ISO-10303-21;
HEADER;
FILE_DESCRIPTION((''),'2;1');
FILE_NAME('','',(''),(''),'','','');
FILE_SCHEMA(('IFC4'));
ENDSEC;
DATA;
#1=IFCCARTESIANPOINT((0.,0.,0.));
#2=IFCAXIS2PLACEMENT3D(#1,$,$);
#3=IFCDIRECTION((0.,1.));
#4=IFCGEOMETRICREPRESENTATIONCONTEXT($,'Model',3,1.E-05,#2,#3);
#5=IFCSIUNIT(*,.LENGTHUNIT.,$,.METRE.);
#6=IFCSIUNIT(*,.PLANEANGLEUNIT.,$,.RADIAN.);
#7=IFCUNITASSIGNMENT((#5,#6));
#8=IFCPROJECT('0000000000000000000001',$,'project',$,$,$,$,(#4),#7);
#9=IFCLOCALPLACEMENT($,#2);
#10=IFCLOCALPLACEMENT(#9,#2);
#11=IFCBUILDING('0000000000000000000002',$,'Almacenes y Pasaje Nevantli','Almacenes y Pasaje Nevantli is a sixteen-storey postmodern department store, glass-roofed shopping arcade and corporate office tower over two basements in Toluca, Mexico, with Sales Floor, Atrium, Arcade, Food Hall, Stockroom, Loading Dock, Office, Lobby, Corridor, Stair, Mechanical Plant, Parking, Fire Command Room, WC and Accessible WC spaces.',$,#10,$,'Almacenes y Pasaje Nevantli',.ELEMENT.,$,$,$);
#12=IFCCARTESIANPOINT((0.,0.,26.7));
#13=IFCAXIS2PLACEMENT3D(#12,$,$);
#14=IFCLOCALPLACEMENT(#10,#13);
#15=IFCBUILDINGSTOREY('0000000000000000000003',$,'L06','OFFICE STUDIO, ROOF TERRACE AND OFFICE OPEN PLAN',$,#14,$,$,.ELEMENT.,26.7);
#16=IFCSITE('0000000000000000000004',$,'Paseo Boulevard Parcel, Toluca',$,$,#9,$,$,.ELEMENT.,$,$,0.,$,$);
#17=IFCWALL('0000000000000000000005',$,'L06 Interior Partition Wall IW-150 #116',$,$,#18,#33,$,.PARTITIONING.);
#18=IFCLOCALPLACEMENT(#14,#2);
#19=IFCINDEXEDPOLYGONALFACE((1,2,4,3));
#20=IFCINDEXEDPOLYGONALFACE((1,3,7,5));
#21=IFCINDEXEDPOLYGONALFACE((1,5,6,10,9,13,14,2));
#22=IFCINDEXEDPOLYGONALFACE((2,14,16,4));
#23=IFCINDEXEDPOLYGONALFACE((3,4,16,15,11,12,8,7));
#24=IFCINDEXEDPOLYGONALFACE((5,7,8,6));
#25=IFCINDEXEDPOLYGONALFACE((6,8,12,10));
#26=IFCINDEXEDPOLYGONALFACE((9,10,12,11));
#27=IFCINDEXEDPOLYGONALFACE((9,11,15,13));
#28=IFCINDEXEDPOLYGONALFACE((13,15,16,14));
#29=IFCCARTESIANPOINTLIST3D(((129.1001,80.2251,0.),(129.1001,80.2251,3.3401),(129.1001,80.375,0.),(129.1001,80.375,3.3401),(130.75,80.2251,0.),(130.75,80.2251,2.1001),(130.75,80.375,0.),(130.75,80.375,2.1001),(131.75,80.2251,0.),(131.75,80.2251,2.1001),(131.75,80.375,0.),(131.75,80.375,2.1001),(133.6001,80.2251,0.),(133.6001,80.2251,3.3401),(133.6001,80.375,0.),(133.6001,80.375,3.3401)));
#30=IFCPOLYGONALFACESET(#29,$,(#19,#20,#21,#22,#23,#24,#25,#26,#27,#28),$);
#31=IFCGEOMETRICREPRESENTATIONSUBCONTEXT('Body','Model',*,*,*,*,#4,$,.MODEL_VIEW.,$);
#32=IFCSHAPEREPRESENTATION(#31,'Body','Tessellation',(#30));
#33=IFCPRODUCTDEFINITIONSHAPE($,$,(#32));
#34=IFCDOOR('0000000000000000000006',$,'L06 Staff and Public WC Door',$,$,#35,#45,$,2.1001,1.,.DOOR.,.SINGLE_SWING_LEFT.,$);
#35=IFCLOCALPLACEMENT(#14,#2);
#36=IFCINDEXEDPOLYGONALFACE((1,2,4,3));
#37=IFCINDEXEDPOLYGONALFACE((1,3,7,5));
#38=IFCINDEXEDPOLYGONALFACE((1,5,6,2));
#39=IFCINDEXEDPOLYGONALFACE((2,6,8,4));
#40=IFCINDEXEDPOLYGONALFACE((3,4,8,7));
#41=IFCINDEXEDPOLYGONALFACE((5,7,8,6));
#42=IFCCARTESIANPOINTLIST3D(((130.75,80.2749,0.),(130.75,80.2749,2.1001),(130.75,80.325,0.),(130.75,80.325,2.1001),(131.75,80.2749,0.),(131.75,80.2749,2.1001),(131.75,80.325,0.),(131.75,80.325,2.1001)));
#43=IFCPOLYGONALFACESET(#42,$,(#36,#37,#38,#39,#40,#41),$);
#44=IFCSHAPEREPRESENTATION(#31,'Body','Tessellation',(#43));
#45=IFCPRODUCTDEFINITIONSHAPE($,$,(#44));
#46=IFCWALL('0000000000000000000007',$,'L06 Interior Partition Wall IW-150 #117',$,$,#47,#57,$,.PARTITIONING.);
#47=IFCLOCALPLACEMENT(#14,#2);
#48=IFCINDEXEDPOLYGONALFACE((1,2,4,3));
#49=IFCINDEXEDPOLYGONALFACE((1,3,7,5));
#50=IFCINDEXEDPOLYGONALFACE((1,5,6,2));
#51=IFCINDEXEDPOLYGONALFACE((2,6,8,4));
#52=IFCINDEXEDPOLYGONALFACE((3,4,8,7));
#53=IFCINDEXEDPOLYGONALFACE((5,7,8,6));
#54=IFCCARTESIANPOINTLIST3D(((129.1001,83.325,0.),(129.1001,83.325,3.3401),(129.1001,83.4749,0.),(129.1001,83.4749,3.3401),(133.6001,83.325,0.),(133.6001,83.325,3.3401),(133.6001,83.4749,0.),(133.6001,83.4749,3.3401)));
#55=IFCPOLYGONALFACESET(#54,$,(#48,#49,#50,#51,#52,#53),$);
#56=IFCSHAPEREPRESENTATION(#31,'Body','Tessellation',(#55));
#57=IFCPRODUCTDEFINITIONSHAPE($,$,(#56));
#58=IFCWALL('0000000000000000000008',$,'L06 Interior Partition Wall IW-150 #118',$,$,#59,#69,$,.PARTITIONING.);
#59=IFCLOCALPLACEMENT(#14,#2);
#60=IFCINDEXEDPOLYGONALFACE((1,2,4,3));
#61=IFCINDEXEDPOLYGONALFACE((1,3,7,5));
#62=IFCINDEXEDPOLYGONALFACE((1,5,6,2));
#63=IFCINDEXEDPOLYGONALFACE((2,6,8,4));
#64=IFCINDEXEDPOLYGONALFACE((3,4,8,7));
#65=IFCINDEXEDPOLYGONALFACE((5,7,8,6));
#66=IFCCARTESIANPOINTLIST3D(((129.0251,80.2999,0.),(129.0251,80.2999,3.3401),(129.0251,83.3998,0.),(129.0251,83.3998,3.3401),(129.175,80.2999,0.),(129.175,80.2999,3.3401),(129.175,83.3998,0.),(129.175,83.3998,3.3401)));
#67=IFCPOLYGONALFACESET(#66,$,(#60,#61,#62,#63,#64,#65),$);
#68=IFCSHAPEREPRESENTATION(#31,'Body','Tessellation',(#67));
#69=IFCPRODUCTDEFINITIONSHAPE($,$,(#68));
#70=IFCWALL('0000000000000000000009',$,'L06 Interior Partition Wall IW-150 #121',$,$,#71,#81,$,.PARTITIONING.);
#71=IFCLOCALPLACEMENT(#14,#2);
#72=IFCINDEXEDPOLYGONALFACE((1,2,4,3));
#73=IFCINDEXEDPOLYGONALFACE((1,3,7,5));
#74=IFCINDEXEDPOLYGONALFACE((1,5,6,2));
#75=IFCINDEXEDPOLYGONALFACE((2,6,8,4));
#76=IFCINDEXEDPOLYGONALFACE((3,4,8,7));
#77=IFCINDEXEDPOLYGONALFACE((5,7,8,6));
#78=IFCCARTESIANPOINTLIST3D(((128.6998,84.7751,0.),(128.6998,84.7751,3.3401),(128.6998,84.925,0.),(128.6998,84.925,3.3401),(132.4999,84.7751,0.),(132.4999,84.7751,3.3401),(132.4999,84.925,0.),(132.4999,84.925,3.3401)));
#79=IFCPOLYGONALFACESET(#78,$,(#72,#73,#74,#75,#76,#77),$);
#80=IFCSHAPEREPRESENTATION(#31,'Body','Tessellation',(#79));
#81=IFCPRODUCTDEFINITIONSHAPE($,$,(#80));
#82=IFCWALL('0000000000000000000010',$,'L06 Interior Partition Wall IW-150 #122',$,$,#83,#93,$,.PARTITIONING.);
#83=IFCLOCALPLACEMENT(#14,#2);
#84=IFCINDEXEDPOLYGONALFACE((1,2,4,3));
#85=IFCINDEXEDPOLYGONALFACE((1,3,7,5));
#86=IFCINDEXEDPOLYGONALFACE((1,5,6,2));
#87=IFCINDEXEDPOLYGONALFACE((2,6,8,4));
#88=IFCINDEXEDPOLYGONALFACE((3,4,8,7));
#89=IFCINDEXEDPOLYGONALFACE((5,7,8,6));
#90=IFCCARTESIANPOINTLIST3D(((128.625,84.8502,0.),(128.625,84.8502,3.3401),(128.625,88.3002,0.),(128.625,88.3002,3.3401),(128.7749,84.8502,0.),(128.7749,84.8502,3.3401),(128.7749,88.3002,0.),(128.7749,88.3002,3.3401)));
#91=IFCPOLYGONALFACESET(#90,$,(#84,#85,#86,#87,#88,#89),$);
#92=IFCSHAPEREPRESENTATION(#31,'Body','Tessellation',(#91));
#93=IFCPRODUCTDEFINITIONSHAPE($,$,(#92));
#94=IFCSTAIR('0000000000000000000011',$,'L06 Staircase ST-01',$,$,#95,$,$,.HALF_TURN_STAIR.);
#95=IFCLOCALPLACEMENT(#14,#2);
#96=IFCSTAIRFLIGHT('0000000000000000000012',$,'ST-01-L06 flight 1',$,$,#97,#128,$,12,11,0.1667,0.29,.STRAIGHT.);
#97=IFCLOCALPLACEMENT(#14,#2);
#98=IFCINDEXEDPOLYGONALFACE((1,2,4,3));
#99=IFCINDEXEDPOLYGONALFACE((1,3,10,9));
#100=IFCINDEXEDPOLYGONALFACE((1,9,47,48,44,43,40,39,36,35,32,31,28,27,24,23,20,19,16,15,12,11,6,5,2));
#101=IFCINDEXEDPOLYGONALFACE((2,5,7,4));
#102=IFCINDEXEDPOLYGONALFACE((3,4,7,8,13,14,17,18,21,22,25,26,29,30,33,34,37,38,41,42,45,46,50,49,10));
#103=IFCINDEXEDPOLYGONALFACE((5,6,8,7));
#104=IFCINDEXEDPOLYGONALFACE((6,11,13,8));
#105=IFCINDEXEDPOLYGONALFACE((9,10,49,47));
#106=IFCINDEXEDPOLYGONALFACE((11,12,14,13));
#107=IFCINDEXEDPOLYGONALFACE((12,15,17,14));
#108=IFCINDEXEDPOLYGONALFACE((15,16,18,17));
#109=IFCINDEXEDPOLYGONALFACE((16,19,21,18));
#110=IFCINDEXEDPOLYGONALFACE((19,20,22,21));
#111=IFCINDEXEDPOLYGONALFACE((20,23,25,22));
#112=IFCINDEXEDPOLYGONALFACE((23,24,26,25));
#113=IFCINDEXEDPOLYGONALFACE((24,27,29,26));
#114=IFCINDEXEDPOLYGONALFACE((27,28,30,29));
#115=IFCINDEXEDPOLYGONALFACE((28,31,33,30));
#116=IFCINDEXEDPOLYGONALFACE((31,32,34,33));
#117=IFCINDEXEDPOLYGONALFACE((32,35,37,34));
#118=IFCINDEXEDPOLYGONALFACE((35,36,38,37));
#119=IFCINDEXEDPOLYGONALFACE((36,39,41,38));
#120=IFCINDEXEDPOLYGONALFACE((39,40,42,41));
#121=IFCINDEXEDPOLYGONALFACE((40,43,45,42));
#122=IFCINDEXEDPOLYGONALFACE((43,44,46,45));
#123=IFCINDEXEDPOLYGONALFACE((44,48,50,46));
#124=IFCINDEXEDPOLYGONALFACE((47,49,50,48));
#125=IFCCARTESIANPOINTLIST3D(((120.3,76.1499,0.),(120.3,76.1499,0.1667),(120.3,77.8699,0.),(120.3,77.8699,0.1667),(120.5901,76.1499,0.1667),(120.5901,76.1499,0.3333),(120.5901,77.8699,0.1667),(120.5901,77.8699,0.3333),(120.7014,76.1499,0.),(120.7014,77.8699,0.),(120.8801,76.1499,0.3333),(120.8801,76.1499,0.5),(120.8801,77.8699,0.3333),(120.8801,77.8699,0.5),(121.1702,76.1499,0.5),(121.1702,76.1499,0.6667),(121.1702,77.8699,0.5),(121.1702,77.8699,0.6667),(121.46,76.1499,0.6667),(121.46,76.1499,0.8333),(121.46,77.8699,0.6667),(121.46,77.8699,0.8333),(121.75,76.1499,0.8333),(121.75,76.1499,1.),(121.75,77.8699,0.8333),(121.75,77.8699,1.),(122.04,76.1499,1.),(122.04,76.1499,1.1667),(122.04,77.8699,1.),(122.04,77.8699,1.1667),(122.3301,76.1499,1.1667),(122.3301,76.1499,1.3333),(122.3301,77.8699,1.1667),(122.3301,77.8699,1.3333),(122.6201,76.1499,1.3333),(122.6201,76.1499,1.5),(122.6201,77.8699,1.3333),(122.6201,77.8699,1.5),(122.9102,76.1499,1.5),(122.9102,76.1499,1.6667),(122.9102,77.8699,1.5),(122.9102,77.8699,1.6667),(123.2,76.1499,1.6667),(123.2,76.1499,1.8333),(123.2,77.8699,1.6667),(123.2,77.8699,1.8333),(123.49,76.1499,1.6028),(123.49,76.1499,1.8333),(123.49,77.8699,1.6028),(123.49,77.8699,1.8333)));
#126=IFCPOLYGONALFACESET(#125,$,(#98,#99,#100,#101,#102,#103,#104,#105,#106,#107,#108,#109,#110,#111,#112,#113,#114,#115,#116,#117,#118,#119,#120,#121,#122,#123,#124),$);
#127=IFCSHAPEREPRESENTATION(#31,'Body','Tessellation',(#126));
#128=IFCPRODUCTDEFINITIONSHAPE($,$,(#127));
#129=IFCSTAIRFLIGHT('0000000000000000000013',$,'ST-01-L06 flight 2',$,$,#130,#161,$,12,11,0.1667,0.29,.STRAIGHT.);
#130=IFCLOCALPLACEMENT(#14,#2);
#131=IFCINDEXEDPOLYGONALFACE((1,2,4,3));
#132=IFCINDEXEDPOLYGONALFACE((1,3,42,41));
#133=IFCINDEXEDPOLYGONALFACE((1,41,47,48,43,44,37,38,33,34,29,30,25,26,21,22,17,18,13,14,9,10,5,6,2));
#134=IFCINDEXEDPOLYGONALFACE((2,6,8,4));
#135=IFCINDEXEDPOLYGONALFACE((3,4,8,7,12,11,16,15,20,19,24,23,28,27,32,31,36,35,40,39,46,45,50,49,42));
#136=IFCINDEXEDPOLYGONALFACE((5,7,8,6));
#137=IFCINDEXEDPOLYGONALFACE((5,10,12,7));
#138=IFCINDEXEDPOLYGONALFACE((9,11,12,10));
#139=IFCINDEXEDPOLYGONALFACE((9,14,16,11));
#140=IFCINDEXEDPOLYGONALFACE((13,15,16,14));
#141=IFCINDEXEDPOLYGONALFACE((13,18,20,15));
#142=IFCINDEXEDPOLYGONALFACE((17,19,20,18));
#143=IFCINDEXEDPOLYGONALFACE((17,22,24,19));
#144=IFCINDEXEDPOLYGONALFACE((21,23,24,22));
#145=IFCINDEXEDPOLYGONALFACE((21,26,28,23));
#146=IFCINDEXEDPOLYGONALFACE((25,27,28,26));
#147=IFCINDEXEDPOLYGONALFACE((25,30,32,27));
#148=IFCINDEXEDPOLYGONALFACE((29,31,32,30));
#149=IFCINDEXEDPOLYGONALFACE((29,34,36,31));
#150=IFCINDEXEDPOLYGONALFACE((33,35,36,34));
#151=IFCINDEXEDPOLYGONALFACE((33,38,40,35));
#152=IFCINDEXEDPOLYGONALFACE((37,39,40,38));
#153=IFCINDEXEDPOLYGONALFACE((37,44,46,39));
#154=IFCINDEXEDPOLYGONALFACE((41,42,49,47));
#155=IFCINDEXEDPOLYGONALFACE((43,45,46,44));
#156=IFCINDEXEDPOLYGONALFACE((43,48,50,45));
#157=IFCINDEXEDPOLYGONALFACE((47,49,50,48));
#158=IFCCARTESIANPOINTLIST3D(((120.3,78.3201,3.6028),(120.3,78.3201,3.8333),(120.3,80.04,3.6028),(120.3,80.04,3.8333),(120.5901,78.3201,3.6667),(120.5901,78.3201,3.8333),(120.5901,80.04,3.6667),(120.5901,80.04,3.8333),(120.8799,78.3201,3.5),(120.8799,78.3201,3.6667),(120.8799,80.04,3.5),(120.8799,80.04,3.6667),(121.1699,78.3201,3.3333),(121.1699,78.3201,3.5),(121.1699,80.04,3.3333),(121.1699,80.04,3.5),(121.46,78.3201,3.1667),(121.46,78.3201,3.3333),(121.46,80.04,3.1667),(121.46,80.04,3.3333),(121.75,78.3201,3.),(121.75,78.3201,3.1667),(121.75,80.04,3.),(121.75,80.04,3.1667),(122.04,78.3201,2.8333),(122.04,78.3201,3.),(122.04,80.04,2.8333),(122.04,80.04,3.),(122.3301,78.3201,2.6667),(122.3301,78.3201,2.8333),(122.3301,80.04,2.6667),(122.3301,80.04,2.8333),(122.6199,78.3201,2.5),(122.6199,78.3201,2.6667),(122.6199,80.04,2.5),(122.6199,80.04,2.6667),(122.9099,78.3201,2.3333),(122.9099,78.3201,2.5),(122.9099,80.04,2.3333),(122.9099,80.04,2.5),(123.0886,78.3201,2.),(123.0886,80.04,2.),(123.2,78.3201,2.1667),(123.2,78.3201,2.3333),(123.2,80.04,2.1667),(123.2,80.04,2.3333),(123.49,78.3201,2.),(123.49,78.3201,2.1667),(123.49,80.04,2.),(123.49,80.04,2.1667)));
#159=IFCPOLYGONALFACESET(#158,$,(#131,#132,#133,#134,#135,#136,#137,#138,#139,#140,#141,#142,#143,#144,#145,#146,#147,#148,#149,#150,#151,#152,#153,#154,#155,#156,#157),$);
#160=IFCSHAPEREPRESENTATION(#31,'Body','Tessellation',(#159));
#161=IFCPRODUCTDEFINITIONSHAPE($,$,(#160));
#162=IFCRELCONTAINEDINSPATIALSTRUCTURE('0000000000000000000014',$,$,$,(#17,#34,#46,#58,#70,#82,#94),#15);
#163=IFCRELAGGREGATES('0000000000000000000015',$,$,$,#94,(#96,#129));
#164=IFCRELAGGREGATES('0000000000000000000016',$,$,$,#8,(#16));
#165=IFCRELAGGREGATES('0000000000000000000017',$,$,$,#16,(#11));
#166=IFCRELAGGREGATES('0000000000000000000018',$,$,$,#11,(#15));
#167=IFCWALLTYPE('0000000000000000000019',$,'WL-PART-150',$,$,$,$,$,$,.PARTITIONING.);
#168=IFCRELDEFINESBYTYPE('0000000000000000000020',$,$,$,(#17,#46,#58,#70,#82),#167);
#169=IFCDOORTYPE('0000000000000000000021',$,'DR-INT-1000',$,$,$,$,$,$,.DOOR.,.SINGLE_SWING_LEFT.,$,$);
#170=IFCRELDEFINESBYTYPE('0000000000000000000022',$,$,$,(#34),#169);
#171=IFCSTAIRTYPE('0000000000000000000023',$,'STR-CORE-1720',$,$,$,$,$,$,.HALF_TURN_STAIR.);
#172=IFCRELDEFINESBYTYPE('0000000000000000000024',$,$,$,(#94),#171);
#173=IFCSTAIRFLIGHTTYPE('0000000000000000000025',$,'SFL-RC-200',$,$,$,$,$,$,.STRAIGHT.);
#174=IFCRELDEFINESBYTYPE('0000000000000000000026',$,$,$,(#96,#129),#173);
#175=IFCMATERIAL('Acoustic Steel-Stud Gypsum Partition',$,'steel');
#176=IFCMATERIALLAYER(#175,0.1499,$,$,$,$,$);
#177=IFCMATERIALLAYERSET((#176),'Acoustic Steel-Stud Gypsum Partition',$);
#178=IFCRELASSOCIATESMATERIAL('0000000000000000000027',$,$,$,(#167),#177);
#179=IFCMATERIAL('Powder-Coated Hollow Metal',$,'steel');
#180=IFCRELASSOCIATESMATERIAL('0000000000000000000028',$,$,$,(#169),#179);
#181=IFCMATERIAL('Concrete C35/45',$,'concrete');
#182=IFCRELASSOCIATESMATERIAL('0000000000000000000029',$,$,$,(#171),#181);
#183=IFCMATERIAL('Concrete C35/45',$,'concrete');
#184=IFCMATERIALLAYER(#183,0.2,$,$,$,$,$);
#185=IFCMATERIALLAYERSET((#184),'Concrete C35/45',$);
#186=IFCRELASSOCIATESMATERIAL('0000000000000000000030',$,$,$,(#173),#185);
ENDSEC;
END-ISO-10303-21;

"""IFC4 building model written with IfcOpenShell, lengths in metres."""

from ifc_helpers import new_model, si_unit, direction, frame, frame_2d, origin, place, context, subcontext, project, spatial, polyline, rectangle, outline, extrude, material, layer, layer_set, type_object, element, fill, aggregate, save


model = new_model("IFC4")

# Units and contexts
model_context = context("Model", 3, precision=1e-05, world=origin(), true_north=direction((0.0, 1.0)))
body_context = subcontext(model_context, "Body", "Model", "MODEL_VIEW")
ifc_project = project(units=[si_unit("LENGTHUNIT", "METRE"), si_unit("PLANEANGLEUNIT", "RADIAN")], contexts=[model_context])

# Site, building, storey
site_placement = place(None, origin())
site = spatial("IfcSite", under=ifc_project, at=site_placement, Name="Paseo Boulevard Parcel, Toluca", CompositionType="ELEMENT", RefElevation=0.0)
building_placement = place(site_placement, origin())
building = spatial("IfcBuilding", under=site, at=building_placement, Name="Almacenes y Pasaje Nevantli", Description="Almacenes y Pasaje Nevantli is a sixteen-storey postmodern department store, glass-roofed shopping arcade and corporate office tower over two basements in Toluca, Mexico, with Sales Floor, Atrium, Arcade, Food Hall, Stockroom, Loading Dock, Office, Lobby, Corridor, Stair, Mechanical Plant, Parking, Fire Command Room, WC and Accessible WC spaces.", LongName="Almacenes y Pasaje Nevantli", CompositionType="ELEMENT")
storey_placement = place(building_placement, frame((0.0, 0.0, 26.7)))
storey = spatial("IfcBuildingStorey", under=building, at=storey_placement, Name="L06", Description="OFFICE STUDIO, ROOF TERRACE AND OFFICE OPEN PLAN", CompositionType="ELEMENT", Elevation=26.7)

# Wall, opening, door
ifc_material_1 = material(Name="Acoustic Steel-Stud Gypsum Partition", Category="steel")
ifc_layer_1 = layer(ifc_material_1, 0.1499)
ifc_layer_set_1 = layer_set([ifc_layer_1], Name="Acoustic Steel-Stud Gypsum Partition")
wall_type_1 = type_object("IfcWallType", Name="WL-PART-150", PredefinedType="PARTITIONING", material=ifc_layer_set_1)
wall_1_placement = place(storey_placement, frame((129.1001, 80.3, 0.0), z_axis=(0.0, 0.0, 1.0), x_axis=(1.0, 0.0, 0.0)))
wall_1 = element("IfcWall", 1, at=wall_1_placement, inside=storey, type_object=wall_type_1, Name="L06 Interior Partition Wall IW-150 #116", PredefinedType="PARTITIONING", context=body_context, shape_type="SweptSolid", body=[
    extrude(rectangle(XDim=4.5, YDim=0.1499, at=frame_2d((2.25, 0.0))), origin(), (0.0, 0.0, 1.0), 3.3401),
])
opening_1_placement = place(wall_1_placement, frame((1.6499, 0.0, 0.0)))
opening_1 = element("IfcOpeningElement", 2, at=opening_1_placement, cuts=wall_1, PredefinedType="OPENING", context=body_context, shape_type="SweptSolid", body=[
    extrude(rectangle(XDim=1.0, YDim=2.1001, at=frame_2d((0.5, 1.05))), frame((0.0, 0.085, 0.0), z_axis=(0.0, -1.0, 0.0), x_axis=(1.0, 0.0, 0.0)), (0.0, 0.0, 1.0), 0.1699),
])
ifc_material_2 = material(Name="Powder-Coated Hollow Metal", Category="steel")
door_type_1 = type_object("IfcDoorType", Name="DR-INT-1000", OperationType="SINGLE_SWING_LEFT", PredefinedType="DOOR", material=ifc_material_2)
door_1_placement = place(opening_1_placement, origin())
door_1 = element("IfcDoor", 3, at=door_1_placement, inside=storey, type_object=door_type_1, Name="L06 Staff and Public WC Door", OperationType="SINGLE_SWING_LEFT", OverallHeight=2.1001, OverallWidth=1.0, PredefinedType="DOOR", context=body_context, shape_type="SweptSolid", body=[
    extrude(rectangle(XDim=1.0, YDim=2.1001, at=frame_2d((0.5, 1.05))), frame((0.0, 0.0249, 0.0), z_axis=(0.0, -1.0, 0.0), x_axis=(1.0, 0.0, 0.0)), (0.0, 0.0, 1.0), 0.05),
])
fill(opening_1, door_1)

# Walls
wall_2_placement = place(storey_placement, frame((129.1001, 83.3999, 0.0), z_axis=(0.0, 0.0, 1.0), x_axis=(1.0, 0.0, 0.0)))
element("IfcWall", 4, at=wall_2_placement, inside=storey, type_object=wall_type_1, Name="L06 Interior Partition Wall IW-150 #117", PredefinedType="PARTITIONING", context=body_context, shape_type="SweptSolid", body=[
    extrude(rectangle(XDim=4.5, YDim=0.1499, at=frame_2d((2.25, 0.0))), origin(), (0.0, 0.0, 1.0), 3.3401),
])
wall_3_placement = place(storey_placement, frame((129.1001, 80.3, 0.0), z_axis=(0.0, 0.0, 1.0), x_axis=(0.0, 1.0, 0.0)))
element("IfcWall", 5, at=wall_3_placement, inside=storey, type_object=wall_type_1, Name="L06 Interior Partition Wall IW-150 #118", PredefinedType="PARTITIONING", context=body_context, shape_type="SweptSolid", body=[
    extrude(rectangle(XDim=3.0999, YDim=0.1499, at=frame_2d((1.5498, 0.0))), origin(), (0.0, 0.0, 1.0), 3.3401),
])

# Walls
wall_4_placement = place(storey_placement, frame((128.7, 84.8501, 0.0), z_axis=(0.0, 0.0, 1.0), x_axis=(1.0, 0.0, 0.0)))
element("IfcWall", 6, at=wall_4_placement, inside=storey, type_object=wall_type_1, Name="L06 Interior Partition Wall IW-150 #121", PredefinedType="PARTITIONING", context=body_context, shape_type="SweptSolid", body=[
    extrude(rectangle(XDim=3.8, YDim=0.1499, at=frame_2d((1.8999, 0.0))), origin(), (0.0, 0.0, 1.0), 3.3401),
])
wall_5_placement = place(storey_placement, frame((128.7, 84.8501, 0.0), z_axis=(0.0, 0.0, 1.0), x_axis=(0.0, 1.0, 0.0)))
element("IfcWall", 7, at=wall_5_placement, inside=storey, type_object=wall_type_1, Name="L06 Interior Partition Wall IW-150 #122", PredefinedType="PARTITIONING", context=body_context, shape_type="SweptSolid", body=[
    extrude(rectangle(XDim=3.45, YDim=0.1499, at=frame_2d((1.7251, 0.0))), origin(), (0.0, 0.0, 1.0), 3.3401),
])

# Stair, stair flights
ifc_material_3 = material(Name="Concrete C35/45", Category="concrete")
stair_type = type_object("IfcStairType", Name="STR-CORE-1720", PredefinedType="HALF_TURN_STAIR", material=ifc_material_3)
stair_placement = place(storey_placement, origin())
stair = element("IfcStair", 8, at=stair_placement, inside=storey, type_object=stair_type, Name="L06 Staircase ST-01", PredefinedType="HALF_TURN_STAIR")
ifc_material_4 = material(Name="Concrete C35/45", Category="concrete")
ifc_layer_2 = layer(ifc_material_4, 0.2)
ifc_layer_set_2 = layer_set([ifc_layer_2], Name="Concrete C35/45")
stair_flight_type = type_object("IfcStairFlightType", Name="SFL-RC-200", PredefinedType="STRAIGHT", material=ifc_layer_set_2)
stair_flight_1_placement = place(storey_placement, frame((120.3, 77.01, 0.0), z_axis=(0.0, 0.0, 1.0), x_axis=(1.0, 0.0, 0.0)))
stair_flight_1 = element("IfcStairFlight", 9, at=stair_flight_1_placement, type_object=stair_flight_type, Name="ST-01-L06 flight 1", NumberOfRisers=12, NumberOfTreads=11, PredefinedType="STRAIGHT", RiserHeight=0.1667, TreadLength=0.29, context=body_context, shape_type="SweptSolid", body=[
    extrude(outline(polyline([(0.0, 0.0), (0.0, 0.1667), (0.29, 0.1667), (0.29, 0.3333), (0.5801, 0.3333), (0.5801, 0.5), (0.8701, 0.5), (0.8701, 0.6667), (1.1599, 0.6667), (1.1599, 0.8333), (1.45, 0.8333), (1.45, 1.0), (1.74, 1.0), (1.74, 1.1667), (2.03, 1.1667), (2.03, 1.3333), (2.3201, 1.3333), (2.3201, 1.5), (2.6101, 1.5), (2.6101, 1.6667), (2.8999, 1.6667), (2.8999, 1.8333), (3.1899, 1.8333), (3.1899, 2.0), (3.1899, 1.6028), (0.4014, 0.0), (0.0, 0.0)])), frame((0.0, 0.8599, 0.0), z_axis=(0.0, -1.0, 0.0), x_axis=(1.0, 0.0, 0.0)), (0.0, 0.0, 1.0), 1.72),
])
stair_flight_2_placement = place(storey_placement, frame((123.49, 79.1799, 2.0), z_axis=(0.0, 0.0, 1.0), x_axis=(-1.0, 0.0, 0.0)))
stair_flight_2 = element("IfcStairFlight", 10, at=stair_flight_2_placement, type_object=stair_flight_type, Name="ST-01-L06 flight 2", NumberOfRisers=12, NumberOfTreads=11, PredefinedType="STRAIGHT", RiserHeight=0.1667, TreadLength=0.29, context=body_context, shape_type="SweptSolid", body=[
    extrude(outline(polyline([(0.0, 0.0), (0.0, 0.1667), (0.29, 0.1667), (0.29, 0.3333), (0.5801, 0.3333), (0.5801, 0.5), (0.8701, 0.5), (0.8701, 0.6667), (1.1599, 0.6667), (1.1599, 0.8333), (1.45, 0.8333), (1.45, 1.0), (1.74, 1.0), (1.74, 1.1667), (2.03, 1.1667), (2.03, 1.3333), (2.3201, 1.3333), (2.3201, 1.5), (2.6101, 1.5), (2.6101, 1.6667), (2.8999, 1.6667), (2.8999, 1.8333), (3.1899, 1.8333), (3.1899, 2.0), (3.1899, 1.6028), (0.4014, 0.0), (0.0, 0.0)])), frame((0.0, 0.8599, 0.0), z_axis=(0.0, -1.0, 0.0), x_axis=(1.0, 0.0, 0.0)), (0.0, 0.0, 1.0), 1.72),
])
aggregate(stair, [stair_flight_1, stair_flight_2])

save(model, "model.ifc")
